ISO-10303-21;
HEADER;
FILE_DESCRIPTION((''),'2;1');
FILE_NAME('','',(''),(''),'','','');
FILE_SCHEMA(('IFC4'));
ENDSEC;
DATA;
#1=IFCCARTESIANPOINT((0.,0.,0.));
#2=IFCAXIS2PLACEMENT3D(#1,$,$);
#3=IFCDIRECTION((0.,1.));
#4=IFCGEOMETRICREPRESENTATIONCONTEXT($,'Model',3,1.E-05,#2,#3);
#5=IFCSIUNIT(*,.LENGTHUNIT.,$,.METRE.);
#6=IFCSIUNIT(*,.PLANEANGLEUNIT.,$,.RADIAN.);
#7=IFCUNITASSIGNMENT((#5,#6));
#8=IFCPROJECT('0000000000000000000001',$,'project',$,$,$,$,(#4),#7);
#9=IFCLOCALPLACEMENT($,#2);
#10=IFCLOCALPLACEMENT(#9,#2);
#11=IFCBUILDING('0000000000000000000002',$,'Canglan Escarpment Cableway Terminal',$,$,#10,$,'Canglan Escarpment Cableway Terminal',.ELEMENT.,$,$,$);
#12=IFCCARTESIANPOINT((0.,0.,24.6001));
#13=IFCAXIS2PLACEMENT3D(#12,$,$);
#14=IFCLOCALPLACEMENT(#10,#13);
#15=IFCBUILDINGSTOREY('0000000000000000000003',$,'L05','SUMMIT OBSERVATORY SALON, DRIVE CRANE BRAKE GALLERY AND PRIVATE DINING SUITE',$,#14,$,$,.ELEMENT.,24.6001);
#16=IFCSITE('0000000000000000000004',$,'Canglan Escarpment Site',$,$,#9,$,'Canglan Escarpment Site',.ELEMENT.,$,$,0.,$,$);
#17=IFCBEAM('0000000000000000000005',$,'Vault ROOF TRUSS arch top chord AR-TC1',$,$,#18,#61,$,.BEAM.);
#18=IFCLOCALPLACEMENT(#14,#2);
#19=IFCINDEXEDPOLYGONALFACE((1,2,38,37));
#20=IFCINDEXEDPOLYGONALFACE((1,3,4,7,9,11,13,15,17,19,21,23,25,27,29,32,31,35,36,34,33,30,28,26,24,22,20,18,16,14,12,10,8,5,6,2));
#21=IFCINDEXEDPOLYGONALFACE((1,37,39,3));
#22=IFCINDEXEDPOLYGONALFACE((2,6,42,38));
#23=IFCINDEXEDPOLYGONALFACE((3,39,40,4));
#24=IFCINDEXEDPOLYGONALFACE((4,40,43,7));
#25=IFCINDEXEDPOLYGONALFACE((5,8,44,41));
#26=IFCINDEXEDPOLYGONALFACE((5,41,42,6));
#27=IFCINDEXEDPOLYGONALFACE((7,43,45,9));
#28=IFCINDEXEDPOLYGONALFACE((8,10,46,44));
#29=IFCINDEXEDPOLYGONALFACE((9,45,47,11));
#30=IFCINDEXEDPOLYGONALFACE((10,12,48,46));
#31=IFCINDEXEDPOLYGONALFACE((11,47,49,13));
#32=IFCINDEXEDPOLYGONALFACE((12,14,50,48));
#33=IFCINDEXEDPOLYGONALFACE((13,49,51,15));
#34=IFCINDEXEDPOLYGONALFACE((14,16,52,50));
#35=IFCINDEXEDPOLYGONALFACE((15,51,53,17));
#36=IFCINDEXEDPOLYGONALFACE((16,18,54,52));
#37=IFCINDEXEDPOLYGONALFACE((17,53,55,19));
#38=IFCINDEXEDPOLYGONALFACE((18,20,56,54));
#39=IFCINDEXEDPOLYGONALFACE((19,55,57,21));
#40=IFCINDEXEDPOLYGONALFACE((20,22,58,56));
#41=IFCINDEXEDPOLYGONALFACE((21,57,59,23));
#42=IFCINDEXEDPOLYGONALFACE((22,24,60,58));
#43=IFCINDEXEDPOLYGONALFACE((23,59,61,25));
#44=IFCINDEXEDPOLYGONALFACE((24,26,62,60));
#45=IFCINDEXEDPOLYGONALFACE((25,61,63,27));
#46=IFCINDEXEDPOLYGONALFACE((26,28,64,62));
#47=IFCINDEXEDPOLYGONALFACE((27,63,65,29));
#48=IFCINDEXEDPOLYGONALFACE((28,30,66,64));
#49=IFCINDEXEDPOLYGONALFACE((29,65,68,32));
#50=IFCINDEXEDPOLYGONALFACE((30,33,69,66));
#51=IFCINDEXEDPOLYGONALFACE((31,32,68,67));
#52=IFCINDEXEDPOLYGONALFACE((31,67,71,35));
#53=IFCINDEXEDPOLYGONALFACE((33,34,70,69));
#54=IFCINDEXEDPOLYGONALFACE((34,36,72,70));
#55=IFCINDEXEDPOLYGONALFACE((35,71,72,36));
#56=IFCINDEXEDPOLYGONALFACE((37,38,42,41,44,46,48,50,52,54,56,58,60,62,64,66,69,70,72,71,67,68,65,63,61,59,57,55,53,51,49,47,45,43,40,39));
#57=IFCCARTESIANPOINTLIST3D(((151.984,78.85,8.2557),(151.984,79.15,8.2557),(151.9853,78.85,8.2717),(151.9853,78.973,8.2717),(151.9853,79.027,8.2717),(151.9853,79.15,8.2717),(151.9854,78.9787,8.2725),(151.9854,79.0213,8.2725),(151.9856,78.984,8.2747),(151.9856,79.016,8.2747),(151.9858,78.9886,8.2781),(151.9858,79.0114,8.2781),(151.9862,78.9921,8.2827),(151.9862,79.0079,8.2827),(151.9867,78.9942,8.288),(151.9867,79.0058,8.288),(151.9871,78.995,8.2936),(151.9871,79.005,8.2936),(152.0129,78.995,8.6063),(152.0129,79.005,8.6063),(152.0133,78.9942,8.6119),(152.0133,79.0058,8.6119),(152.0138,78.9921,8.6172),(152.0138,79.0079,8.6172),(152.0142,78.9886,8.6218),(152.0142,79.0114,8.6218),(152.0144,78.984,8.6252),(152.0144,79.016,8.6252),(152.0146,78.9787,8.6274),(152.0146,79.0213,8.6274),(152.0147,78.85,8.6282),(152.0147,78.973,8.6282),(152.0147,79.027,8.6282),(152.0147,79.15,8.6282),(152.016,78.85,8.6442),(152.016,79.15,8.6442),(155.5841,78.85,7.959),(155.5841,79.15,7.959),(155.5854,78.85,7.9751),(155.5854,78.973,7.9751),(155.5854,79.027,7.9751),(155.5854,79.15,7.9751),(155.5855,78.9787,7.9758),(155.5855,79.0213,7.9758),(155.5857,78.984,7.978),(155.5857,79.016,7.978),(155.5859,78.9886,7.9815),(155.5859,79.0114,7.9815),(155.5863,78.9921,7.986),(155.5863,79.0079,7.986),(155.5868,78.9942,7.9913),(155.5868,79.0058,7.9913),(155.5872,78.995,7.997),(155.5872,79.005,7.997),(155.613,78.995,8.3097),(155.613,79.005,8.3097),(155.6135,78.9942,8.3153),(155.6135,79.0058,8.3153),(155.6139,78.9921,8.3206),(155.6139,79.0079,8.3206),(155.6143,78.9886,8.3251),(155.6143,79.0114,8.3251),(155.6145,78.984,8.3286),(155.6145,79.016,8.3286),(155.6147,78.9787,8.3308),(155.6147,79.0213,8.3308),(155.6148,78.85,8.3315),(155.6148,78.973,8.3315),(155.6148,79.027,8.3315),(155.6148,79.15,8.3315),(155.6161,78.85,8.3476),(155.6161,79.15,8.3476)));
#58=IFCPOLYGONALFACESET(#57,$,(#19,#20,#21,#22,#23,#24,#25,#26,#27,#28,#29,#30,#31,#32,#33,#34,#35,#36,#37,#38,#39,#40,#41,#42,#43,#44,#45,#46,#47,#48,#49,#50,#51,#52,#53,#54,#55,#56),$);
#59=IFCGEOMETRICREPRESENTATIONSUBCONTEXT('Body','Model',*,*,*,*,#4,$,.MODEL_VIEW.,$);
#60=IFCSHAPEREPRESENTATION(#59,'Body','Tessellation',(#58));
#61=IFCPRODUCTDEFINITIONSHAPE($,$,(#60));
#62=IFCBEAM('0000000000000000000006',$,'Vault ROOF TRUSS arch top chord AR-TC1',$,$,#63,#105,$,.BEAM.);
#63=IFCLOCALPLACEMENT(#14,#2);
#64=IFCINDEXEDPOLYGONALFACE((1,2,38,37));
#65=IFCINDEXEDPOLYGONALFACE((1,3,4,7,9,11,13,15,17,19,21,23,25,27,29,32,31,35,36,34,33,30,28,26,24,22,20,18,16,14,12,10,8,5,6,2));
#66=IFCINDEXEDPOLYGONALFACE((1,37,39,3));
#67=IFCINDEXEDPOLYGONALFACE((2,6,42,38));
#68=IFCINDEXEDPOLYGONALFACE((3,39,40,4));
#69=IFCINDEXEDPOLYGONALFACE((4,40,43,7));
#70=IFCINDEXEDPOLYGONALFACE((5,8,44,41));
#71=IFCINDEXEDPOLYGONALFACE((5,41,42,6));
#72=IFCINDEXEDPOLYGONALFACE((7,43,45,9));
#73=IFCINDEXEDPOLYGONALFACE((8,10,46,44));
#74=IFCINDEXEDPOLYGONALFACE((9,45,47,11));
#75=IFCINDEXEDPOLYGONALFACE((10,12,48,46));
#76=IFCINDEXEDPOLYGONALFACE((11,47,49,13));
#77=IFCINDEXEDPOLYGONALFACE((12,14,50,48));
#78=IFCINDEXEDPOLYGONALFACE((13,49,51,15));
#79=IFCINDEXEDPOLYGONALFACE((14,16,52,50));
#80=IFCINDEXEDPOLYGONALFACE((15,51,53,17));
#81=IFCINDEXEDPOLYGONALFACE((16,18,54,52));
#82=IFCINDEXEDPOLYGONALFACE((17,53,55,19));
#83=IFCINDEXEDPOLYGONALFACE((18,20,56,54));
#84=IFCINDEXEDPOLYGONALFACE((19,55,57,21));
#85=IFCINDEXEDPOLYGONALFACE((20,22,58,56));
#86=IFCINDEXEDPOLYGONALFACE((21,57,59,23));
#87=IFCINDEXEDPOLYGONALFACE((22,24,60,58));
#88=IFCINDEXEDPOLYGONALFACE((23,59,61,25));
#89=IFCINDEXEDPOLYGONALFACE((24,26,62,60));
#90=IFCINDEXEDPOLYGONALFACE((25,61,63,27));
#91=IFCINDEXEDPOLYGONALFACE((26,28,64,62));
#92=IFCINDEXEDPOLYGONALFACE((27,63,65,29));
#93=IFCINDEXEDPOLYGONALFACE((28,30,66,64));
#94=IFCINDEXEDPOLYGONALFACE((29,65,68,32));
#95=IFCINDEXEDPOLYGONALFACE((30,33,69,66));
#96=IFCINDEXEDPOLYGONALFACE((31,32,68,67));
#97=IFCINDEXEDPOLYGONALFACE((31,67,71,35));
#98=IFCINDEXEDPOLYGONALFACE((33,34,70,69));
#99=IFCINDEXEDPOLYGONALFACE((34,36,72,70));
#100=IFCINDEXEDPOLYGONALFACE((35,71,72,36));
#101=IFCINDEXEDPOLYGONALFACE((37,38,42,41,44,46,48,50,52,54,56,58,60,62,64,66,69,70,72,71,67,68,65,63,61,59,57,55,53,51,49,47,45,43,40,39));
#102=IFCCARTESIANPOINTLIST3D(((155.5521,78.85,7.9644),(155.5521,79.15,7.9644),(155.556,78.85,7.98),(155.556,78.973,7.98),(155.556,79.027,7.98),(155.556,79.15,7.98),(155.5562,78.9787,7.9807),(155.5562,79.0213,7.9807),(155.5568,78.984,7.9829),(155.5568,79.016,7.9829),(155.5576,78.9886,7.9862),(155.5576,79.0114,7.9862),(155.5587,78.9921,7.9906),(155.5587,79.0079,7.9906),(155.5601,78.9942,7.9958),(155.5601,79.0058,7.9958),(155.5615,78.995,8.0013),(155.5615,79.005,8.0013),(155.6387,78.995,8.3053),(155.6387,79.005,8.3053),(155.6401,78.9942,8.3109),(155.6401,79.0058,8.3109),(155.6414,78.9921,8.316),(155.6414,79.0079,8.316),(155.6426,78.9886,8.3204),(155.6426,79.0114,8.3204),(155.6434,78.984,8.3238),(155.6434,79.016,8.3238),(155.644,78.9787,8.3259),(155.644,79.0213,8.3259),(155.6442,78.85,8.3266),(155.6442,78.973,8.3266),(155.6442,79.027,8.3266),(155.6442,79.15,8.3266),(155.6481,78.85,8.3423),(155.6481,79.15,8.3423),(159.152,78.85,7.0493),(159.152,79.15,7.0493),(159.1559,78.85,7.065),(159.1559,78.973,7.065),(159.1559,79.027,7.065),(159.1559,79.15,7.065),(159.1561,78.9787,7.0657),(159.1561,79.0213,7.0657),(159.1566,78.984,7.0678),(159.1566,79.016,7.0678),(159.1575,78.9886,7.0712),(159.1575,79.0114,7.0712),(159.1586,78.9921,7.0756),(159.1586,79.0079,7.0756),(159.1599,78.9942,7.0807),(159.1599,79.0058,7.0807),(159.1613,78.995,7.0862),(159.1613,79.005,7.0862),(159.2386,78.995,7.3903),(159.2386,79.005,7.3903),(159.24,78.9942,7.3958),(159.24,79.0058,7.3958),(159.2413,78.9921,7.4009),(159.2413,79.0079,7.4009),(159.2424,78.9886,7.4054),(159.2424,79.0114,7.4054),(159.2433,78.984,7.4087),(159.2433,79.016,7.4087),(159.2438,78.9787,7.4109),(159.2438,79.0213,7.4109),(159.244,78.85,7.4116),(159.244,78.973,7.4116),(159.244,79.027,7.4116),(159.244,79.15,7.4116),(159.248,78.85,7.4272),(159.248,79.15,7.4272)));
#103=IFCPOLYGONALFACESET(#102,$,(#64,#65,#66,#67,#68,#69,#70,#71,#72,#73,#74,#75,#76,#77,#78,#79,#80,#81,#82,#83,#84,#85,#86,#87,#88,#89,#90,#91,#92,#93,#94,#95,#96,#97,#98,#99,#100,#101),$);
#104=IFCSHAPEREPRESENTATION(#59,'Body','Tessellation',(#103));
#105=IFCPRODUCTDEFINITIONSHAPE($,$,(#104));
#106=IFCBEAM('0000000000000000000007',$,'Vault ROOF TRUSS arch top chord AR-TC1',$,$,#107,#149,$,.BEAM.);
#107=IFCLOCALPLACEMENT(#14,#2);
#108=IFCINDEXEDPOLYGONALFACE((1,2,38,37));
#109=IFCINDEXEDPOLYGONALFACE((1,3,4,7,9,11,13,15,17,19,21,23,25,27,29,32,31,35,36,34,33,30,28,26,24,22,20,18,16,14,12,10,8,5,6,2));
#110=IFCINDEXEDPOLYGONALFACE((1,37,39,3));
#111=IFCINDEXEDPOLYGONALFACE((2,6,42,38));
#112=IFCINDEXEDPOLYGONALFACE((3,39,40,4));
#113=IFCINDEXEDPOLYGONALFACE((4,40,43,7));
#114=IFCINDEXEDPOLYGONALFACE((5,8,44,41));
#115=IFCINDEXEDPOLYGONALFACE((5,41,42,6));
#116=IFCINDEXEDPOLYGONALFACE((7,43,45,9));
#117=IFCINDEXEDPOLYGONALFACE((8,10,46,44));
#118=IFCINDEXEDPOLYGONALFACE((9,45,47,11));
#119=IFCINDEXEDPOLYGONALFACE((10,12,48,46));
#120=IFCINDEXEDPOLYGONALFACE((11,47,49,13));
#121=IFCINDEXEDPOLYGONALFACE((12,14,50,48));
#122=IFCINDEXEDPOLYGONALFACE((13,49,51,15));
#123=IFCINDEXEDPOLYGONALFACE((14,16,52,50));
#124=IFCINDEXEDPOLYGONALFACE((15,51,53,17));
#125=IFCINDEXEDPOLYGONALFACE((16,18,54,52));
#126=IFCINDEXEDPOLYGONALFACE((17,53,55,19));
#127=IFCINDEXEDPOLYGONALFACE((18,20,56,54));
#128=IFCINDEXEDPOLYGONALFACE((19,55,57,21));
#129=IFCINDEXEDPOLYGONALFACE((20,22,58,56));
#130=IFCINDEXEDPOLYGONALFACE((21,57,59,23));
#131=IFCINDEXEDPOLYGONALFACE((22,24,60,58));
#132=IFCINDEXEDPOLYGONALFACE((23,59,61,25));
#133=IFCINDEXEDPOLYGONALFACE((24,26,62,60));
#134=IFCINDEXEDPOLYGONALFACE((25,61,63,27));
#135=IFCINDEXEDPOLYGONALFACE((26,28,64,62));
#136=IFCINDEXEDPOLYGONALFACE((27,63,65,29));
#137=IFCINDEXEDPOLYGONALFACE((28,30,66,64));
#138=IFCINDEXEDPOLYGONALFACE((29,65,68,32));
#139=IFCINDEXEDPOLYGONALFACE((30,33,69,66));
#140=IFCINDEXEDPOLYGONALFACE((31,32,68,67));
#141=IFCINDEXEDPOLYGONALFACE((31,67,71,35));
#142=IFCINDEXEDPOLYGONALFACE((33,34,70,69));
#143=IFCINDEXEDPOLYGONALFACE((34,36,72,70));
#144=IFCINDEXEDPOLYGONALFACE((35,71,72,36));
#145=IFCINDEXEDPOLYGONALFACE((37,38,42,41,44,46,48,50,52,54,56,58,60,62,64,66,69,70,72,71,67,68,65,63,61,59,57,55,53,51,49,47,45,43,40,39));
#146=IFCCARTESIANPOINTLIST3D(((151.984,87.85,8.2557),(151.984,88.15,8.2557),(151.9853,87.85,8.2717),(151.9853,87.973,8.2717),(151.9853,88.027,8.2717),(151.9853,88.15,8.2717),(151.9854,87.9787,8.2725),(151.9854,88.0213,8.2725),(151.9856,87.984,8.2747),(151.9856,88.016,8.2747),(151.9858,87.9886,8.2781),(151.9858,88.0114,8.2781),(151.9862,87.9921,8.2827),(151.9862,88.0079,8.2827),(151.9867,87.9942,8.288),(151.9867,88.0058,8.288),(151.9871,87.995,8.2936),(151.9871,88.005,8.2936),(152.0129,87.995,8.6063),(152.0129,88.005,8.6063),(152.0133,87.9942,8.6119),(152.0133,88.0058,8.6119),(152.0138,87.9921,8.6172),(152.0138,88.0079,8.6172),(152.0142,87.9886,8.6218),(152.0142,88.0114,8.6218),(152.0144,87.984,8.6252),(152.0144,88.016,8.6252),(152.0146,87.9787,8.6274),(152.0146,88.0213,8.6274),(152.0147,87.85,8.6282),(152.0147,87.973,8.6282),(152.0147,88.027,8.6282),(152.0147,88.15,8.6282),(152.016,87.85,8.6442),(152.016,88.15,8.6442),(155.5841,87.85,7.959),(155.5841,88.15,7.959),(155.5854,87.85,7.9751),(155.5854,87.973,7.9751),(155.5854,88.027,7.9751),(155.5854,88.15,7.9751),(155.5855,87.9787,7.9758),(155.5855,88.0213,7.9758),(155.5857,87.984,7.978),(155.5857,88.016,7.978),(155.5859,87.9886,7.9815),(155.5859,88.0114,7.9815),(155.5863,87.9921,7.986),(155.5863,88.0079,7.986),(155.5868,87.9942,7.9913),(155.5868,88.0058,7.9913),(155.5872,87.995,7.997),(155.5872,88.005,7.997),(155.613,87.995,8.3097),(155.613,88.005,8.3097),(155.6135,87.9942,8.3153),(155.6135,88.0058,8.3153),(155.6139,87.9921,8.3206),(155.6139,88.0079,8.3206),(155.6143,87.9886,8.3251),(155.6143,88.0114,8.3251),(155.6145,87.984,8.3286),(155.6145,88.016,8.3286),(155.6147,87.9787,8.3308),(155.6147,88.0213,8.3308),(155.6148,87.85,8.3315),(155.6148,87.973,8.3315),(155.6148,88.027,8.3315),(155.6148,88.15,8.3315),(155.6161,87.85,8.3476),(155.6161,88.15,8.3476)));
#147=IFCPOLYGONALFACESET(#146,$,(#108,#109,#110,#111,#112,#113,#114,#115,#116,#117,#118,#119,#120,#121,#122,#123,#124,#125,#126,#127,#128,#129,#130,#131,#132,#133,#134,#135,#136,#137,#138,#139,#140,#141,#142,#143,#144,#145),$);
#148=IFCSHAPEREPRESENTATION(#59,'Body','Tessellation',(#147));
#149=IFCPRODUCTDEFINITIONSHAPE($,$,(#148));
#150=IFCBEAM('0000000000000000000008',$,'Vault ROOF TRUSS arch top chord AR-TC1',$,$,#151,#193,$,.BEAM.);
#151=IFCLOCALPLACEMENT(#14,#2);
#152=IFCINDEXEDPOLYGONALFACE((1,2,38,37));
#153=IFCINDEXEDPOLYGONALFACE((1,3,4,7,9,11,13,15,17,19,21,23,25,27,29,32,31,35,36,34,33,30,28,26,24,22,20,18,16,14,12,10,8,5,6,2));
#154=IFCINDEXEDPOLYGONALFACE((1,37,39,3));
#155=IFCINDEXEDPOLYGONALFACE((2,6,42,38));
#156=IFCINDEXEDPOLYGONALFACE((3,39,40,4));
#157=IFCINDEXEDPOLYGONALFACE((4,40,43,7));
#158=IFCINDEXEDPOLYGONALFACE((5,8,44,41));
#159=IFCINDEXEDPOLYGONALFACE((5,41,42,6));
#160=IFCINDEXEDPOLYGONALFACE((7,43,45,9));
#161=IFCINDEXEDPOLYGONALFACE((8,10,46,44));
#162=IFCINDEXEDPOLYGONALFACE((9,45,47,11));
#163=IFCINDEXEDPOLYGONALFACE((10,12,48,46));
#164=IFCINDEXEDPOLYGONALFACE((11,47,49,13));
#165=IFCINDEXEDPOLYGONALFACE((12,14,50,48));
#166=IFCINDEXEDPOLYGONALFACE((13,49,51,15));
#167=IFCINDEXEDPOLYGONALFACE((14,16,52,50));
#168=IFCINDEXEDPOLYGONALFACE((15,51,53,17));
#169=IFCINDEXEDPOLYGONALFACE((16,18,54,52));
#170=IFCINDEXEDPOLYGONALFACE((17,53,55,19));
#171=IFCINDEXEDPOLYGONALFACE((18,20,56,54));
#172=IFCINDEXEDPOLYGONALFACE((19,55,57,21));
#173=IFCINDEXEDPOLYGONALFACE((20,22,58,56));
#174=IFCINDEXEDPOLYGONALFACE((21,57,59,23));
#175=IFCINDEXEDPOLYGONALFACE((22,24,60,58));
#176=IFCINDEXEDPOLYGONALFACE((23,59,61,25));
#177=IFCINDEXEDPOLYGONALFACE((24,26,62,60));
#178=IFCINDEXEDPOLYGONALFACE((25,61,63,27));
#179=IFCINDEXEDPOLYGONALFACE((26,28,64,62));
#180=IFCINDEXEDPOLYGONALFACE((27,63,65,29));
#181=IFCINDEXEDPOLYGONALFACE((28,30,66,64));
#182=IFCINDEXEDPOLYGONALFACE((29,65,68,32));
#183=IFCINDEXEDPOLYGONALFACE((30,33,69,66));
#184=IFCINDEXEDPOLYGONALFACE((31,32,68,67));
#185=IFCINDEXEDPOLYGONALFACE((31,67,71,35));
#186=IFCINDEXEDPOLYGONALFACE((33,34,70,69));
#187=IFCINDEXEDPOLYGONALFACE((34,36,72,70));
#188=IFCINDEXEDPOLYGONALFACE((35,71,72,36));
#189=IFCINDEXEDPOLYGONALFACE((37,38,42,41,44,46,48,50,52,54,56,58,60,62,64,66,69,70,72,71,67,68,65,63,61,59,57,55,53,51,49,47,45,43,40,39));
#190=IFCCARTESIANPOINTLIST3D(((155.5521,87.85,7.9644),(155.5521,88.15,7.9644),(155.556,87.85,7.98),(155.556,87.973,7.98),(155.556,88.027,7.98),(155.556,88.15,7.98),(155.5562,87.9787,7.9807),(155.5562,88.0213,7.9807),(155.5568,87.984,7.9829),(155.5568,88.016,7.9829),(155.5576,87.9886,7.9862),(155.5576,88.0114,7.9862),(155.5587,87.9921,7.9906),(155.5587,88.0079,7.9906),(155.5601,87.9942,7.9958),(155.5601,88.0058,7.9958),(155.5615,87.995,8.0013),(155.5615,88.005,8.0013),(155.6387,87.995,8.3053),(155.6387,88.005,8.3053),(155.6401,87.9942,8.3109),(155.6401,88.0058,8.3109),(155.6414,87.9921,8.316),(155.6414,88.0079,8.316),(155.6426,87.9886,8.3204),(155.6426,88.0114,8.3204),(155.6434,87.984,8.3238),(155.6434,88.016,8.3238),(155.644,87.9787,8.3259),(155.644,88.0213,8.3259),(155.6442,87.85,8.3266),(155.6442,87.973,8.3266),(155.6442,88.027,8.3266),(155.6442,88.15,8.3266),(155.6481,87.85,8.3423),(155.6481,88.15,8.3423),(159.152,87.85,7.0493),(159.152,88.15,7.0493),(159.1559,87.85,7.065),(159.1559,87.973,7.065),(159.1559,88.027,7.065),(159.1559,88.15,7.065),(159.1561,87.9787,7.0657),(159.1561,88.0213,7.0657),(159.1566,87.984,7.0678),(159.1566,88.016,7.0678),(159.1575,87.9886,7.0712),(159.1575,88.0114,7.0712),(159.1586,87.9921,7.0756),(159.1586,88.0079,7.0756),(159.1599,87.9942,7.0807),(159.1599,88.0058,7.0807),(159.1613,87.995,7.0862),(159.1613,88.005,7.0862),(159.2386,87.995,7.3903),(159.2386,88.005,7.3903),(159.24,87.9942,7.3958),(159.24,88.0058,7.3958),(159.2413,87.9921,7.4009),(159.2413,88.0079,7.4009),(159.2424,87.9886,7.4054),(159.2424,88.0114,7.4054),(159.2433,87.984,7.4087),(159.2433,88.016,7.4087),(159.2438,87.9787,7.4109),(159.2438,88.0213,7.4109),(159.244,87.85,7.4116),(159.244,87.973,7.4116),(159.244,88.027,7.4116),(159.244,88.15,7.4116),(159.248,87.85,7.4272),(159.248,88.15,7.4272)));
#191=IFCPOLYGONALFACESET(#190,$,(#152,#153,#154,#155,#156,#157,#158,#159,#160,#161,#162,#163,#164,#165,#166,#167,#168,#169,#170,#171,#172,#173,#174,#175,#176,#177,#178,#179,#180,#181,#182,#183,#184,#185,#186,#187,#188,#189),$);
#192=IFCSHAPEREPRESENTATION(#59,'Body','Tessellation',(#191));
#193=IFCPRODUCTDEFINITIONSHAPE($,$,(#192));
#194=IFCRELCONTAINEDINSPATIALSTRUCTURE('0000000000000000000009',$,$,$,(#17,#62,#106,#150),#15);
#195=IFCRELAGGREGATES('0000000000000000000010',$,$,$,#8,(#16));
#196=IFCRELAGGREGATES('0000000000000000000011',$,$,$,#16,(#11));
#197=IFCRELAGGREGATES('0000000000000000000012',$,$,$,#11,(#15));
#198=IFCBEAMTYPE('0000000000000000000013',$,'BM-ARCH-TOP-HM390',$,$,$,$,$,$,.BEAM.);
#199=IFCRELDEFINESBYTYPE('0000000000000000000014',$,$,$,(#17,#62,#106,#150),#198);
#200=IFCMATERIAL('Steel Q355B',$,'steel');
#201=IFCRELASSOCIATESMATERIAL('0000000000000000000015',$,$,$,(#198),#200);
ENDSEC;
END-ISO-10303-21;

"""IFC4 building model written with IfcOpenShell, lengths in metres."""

from ifc_helpers import new_model, si_unit, direction, frame, origin, origin_2d, place, context, subcontext, project, spatial, i_section, extrude, material, material_profile, profile_set, type_object, element, save


model = new_model("IFC4")

# Units and contexts
model_context = context("Model", 3, precision=1e-05, world=origin(), true_north=direction((0.0, 1.0)))
body_context = subcontext(model_context, "Body", "Model", "MODEL_VIEW")
ifc_project = project(units=[si_unit("LENGTHUNIT", "METRE"), si_unit("PLANEANGLEUNIT", "RADIAN")], contexts=[model_context])

# Site, building, storey
site_placement = place(None, origin())
site = spatial("IfcSite", under=ifc_project, at=site_placement, Name="Canglan Escarpment Site", LongName="Canglan Escarpment Site", CompositionType="ELEMENT", RefElevation=0.0)
building_placement = place(site_placement, origin())
building = spatial("IfcBuilding", under=site, at=building_placement, Name="Canglan Escarpment Cableway Terminal", LongName="Canglan Escarpment Cableway Terminal", CompositionType="ELEMENT")
storey_placement = place(building_placement, frame((0.0, 0.0, 24.6001)))
storey = spatial("IfcBuildingStorey", under=building, at=storey_placement, Name="L05", Description="SUMMIT OBSERVATORY SALON, DRIVE CRANE BRAKE GALLERY AND PRIVATE DINING SUITE", CompositionType="ELEMENT", Elevation=24.6001)

# Beams
ifc_material = material(Name="Steel Q355B", Category="steel")
ifc_material_profile_1 = material_profile(ifc_material, i_section(OverallWidth=0.3, OverallDepth=0.3899, WebThickness=0.01, FlangeThickness=0.0161, FilletRadius=0.022, at=origin_2d()), Name="HM 390x300x10x16")
ifc_profile_set_1 = profile_set([ifc_material_profile_1], Name="Steel Q355B")
beam_type = type_object("IfcBeamType", Name="BM-ARCH-TOP-HM390", PredefinedType="BEAM", material=ifc_profile_set_1)
beam_1_placement = place(storey_placement, frame((152.0, 79.0, 8.45), z_axis=(0.996623, 0.0, -0.082117), x_axis=(0.0, 1.0, 0.0)))
element("IfcBeam", 1, at=beam_1_placement, inside=storey, type_object=beam_type, Name="Vault ROOF TRUSS arch top chord AR-TC1", PredefinedType="BEAM", context=body_context, shape_type="SweptSolid", body=[
    extrude(i_section(OverallWidth=0.3, OverallDepth=0.3899, WebThickness=0.01, FlangeThickness=0.0161, FilletRadius=0.022, at=origin_2d()), origin(), (0.0, 0.0, 1.0), 3.6123),
])
beam_2_placement = place(storey_placement, frame((155.6001, 79.0, 8.1533), z_axis=(0.96918, 0.0, -0.246354), x_axis=(0.0, 1.0, 0.0)))
element("IfcBeam", 2, at=beam_2_placement, inside=storey, type_object=beam_type, Name="Vault ROOF TRUSS arch top chord AR-TC1", PredefinedType="BEAM", context=body_context, shape_type="SweptSolid", body=[
    extrude(i_section(OverallWidth=0.3, OverallDepth=0.3899, WebThickness=0.01, FlangeThickness=0.0161, FilletRadius=0.022, at=origin_2d()), origin(), (0.0, 0.0, 1.0), 3.7144),
])
beam_3_placement = place(storey_placement, frame((152.0, 88.0, 8.45), z_axis=(0.996623, 0.0, -0.082117), x_axis=(0.0, 1.0, 0.0)))
element("IfcBeam", 3, at=beam_3_placement, inside=storey, type_object=beam_type, Name="Vault ROOF TRUSS arch top chord AR-TC1", PredefinedType="BEAM", context=body_context, shape_type="SweptSolid", body=[
    extrude(i_section(OverallWidth=0.3, OverallDepth=0.3899, WebThickness=0.01, FlangeThickness=0.0161, FilletRadius=0.022, at=origin_2d()), origin(), (0.0, 0.0, 1.0), 3.6123),
])
beam_4_placement = place(storey_placement, frame((155.6001, 88.0, 8.1533), z_axis=(0.96918, 0.0, -0.246354), x_axis=(0.0, 1.0, 0.0)))
element("IfcBeam", 4, at=beam_4_placement, inside=storey, type_object=beam_type, Name="Vault ROOF TRUSS arch top chord AR-TC1", PredefinedType="BEAM", context=body_context, shape_type="SweptSolid", body=[
    extrude(i_section(OverallWidth=0.3, OverallDepth=0.3899, WebThickness=0.01, FlangeThickness=0.0161, FilletRadius=0.022, at=origin_2d()), origin(), (0.0, 0.0, 1.0), 3.7144),
])

save(model, "model.ifc")
